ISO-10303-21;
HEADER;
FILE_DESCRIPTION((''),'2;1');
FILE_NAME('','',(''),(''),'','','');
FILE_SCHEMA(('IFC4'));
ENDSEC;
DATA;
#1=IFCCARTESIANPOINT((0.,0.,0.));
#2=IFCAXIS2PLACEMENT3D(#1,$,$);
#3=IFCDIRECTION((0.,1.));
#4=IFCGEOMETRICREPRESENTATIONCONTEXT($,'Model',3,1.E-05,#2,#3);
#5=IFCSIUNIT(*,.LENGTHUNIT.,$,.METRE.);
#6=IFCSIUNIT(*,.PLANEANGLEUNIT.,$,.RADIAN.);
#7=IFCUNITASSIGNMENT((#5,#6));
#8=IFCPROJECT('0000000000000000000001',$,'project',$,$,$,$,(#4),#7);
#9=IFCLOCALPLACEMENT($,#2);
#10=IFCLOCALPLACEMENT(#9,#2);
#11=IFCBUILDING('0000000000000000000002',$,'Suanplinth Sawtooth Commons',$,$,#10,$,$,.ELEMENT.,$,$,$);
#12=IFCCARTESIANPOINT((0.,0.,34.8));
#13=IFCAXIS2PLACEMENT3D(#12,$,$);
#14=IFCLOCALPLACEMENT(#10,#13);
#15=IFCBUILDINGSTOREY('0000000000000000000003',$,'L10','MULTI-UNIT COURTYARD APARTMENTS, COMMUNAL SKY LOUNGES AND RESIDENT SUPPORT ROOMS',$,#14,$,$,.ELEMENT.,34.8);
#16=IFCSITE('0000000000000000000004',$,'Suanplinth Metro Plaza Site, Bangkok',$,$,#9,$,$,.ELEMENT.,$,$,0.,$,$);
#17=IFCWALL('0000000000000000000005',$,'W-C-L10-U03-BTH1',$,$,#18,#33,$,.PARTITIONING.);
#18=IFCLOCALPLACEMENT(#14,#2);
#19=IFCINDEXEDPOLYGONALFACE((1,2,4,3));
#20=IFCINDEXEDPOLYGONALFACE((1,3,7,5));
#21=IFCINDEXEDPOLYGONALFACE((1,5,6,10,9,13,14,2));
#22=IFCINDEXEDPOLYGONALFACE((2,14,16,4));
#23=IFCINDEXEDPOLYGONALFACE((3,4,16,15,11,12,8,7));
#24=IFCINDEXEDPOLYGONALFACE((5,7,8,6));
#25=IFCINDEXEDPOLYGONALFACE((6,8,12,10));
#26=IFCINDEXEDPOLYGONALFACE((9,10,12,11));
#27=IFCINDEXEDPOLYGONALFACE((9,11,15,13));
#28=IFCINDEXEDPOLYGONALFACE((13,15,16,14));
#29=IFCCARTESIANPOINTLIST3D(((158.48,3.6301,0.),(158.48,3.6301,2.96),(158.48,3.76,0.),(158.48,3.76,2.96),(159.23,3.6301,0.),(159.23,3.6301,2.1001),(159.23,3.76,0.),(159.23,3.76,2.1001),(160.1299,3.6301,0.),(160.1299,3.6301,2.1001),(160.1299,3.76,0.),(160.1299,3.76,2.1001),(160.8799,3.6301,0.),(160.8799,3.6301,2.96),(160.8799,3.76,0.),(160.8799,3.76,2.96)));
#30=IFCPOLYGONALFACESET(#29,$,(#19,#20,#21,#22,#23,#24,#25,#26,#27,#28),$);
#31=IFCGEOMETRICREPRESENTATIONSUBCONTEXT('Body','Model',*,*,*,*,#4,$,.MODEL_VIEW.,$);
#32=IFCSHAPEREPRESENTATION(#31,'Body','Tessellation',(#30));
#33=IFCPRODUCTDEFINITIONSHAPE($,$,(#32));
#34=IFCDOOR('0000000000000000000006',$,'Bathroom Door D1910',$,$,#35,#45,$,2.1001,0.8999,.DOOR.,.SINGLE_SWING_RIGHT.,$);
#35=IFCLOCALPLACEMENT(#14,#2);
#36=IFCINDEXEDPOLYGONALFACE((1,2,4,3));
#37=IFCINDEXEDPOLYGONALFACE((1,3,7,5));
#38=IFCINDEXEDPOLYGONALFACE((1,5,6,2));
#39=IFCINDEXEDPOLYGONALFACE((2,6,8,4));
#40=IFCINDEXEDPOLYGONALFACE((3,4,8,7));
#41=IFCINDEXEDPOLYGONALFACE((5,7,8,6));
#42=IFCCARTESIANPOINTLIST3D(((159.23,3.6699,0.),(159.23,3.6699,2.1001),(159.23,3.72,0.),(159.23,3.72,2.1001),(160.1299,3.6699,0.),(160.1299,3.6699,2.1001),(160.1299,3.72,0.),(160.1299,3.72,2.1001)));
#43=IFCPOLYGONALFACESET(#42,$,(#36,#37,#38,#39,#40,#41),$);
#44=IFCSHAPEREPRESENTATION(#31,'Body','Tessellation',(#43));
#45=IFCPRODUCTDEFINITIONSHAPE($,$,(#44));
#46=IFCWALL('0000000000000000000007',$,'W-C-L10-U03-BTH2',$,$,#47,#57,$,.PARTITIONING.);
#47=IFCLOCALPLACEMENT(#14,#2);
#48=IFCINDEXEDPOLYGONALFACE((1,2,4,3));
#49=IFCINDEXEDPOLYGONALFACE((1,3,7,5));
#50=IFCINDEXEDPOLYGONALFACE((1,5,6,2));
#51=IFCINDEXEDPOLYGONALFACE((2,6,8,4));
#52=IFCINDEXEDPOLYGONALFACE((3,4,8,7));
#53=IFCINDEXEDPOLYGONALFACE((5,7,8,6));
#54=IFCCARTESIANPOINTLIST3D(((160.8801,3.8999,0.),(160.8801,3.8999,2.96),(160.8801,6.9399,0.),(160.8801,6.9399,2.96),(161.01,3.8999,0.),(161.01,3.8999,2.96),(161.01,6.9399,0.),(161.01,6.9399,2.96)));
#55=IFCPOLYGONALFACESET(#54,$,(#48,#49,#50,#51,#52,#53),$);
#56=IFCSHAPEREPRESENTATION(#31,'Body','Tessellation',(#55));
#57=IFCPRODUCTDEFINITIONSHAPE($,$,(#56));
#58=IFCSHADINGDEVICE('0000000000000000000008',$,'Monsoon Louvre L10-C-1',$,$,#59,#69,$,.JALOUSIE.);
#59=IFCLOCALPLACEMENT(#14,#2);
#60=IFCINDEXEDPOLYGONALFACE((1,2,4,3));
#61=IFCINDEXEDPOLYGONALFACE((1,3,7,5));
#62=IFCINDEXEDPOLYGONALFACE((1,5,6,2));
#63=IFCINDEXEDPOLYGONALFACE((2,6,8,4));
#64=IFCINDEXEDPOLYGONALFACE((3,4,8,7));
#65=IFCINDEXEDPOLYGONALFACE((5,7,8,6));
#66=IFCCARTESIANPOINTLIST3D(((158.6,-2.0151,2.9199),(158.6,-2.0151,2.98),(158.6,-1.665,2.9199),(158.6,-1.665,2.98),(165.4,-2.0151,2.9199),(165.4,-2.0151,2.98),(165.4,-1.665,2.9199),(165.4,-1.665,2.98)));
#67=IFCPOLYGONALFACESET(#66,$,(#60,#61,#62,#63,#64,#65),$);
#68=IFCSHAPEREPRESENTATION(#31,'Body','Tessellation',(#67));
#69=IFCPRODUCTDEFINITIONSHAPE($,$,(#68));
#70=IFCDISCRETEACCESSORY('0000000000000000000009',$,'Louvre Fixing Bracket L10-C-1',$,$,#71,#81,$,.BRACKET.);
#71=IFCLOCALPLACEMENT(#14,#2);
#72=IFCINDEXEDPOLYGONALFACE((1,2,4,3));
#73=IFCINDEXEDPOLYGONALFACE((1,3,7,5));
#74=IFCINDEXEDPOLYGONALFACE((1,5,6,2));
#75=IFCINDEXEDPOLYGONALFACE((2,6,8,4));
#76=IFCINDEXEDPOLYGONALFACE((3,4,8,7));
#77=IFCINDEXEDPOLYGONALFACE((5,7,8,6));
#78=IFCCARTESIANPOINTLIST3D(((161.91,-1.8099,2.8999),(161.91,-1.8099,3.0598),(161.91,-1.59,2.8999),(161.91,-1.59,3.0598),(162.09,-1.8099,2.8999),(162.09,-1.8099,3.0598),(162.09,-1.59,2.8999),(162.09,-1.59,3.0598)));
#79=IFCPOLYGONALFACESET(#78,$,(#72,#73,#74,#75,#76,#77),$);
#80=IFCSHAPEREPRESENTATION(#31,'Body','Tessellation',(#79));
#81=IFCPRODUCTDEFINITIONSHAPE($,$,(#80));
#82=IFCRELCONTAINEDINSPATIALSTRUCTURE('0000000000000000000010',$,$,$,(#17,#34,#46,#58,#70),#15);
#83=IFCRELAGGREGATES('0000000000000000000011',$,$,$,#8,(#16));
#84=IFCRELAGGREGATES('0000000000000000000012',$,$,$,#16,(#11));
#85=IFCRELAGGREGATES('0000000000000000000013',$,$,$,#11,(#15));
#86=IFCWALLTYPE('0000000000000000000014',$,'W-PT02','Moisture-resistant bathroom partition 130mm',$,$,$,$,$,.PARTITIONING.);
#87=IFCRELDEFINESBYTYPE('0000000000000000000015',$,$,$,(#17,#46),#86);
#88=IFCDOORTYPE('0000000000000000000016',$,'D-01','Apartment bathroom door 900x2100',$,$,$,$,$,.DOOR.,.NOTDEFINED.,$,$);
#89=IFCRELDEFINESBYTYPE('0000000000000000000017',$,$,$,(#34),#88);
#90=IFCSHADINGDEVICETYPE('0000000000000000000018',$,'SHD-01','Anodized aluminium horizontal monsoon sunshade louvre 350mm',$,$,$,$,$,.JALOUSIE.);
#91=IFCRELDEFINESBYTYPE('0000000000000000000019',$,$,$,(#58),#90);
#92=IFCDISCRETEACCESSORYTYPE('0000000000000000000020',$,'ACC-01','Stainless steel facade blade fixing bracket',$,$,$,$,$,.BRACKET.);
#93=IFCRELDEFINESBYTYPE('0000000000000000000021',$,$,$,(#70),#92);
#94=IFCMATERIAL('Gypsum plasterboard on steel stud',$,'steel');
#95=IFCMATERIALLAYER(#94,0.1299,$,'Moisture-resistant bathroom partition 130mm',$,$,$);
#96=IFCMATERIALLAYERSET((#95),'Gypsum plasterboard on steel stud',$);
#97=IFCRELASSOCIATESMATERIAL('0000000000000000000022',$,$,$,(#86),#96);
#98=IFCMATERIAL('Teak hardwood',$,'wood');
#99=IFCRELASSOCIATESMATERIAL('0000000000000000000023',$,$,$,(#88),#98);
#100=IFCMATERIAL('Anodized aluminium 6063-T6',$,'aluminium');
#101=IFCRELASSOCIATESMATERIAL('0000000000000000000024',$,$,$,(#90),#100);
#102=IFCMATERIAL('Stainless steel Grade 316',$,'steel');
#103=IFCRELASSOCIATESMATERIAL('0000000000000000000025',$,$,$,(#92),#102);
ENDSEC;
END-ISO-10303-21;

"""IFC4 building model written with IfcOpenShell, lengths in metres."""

from ifc_helpers import new_model, si_unit, direction, frame, frame_2d, origin, origin_2d, place, context, subcontext, project, spatial, rectangle, extrude, material, layer, layer_set, type_object, element, fill, save


model = new_model("IFC4")

# Units and contexts
model_context = context("Model", 3, precision=1e-05, world=origin(), true_north=direction((0.0, 1.0)))
body_context = subcontext(model_context, "Body", "Model", "MODEL_VIEW")
ifc_project = project(units=[si_unit("LENGTHUNIT", "METRE"), si_unit("PLANEANGLEUNIT", "RADIAN")], contexts=[model_context])

# Site, building, storey
site_placement = place(None, origin())
site = spatial("IfcSite", under=ifc_project, at=site_placement, Name="Suanplinth Metro Plaza Site, Bangkok", CompositionType="ELEMENT", RefElevation=0.0)
building_placement = place(site_placement, origin())
building = spatial("IfcBuilding", under=site, at=building_placement, Name="Suanplinth Sawtooth Commons", CompositionType="ELEMENT")
storey_placement = place(building_placement, frame((0.0, 0.0, 34.8)))
storey = spatial("IfcBuildingStorey", under=building, at=storey_placement, Name="L10", Description="MULTI-UNIT COURTYARD APARTMENTS, COMMUNAL SKY LOUNGES AND RESIDENT SUPPORT ROOMS", CompositionType="ELEMENT", Elevation=34.8)

# Shared definitions
ifc_material_1 = material(Name="Gypsum plasterboard on steel stud", Category="steel")
ifc_material_2 = material(Name="Teak hardwood", Category="wood")

# Wall, opening, door
ifc_layer_1 = layer(ifc_material_1, 0.1299, Name="Moisture-resistant bathroom partition 130mm")
ifc_layer_set_1 = layer_set([ifc_layer_1], Name="Gypsum plasterboard on steel stud")
wall_type_1 = type_object("IfcWallType", Name="W-PT02", Description="Moisture-resistant bathroom partition 130mm", PredefinedType="PARTITIONING", material=ifc_layer_set_1)
wall_1_placement = place(storey_placement, frame((158.48, 3.6951, 0.0), z_axis=(0.0, 0.0, 1.0), x_axis=(1.0, 0.0, 0.0)))
wall_1 = element("IfcWall", 1, at=wall_1_placement, inside=storey, type_object=wall_type_1, Name="W-C-L10-U03-BTH1", PredefinedType="PARTITIONING", context=body_context, shape_type="SweptSolid", body=[
    extrude(rectangle(XDim=2.3999, YDim=0.1299, at=frame_2d((1.2, 0.0))), origin(), (0.0, 0.0, 1.0), 2.96),
])
opening_1_placement = place(wall_1_placement, frame((0.75, 0.0, 0.0)))
opening_1 = element("IfcOpeningElement", 2, at=opening_1_placement, cuts=wall_1, PredefinedType="OPENING", context=body_context, shape_type="SweptSolid", body=[
    extrude(rectangle(XDim=0.8999, YDim=2.1001, at=frame_2d((0.45, 1.05))), frame((0.0, 0.0798, 0.0), z_axis=(0.0, -1.0, 0.0), x_axis=(1.0, 0.0, 0.0)), (0.0, 0.0, 1.0), 0.1597),
])
door_type_1 = type_object("IfcDoorType", Name="D-01", Description="Apartment bathroom door 900x2100", OperationType="NOTDEFINED", PredefinedType="DOOR", material=ifc_material_2)
door_1_placement = place(opening_1_placement, origin())
door_1 = element("IfcDoor", 3, at=door_1_placement, inside=storey, type_object=door_type_1, Name="Bathroom Door D1910", OperationType="SINGLE_SWING_RIGHT", OverallHeight=2.1001, OverallWidth=0.8999, PredefinedType="DOOR", context=body_context, shape_type="SweptSolid", body=[
    extrude(rectangle(XDim=0.8999, YDim=2.1001, at=frame_2d((0.45, 1.05))), frame((0.0, 0.0249, 0.0), z_axis=(0.0, -1.0, 0.0), x_axis=(1.0, 0.0, 0.0)), (0.0, 0.0, 1.0), 0.05),
])
fill(opening_1, door_1)

# Wall
wall_2_placement = place(storey_placement, frame((160.9451, 3.8999, 0.0), z_axis=(0.0, 0.0, 1.0), x_axis=(0.0, 1.0, 0.0)))
element("IfcWall", 4, at=wall_2_placement, inside=storey, type_object=wall_type_1, Name="W-C-L10-U03-BTH2", PredefinedType="PARTITIONING", context=body_context, shape_type="SweptSolid", body=[
    extrude(rectangle(XDim=3.04, YDim=0.1299, at=frame_2d((1.52, 0.0))), origin(), (0.0, 0.0, 1.0), 2.96),
])

# Shading device
ifc_material_3 = material(Name="Anodized aluminium 6063-T6", Category="aluminium")
shading_device_type = type_object("IfcShadingDeviceType", Name="SHD-01", Description="Anodized aluminium horizontal monsoon sunshade louvre 350mm", PredefinedType="JALOUSIE", material=ifc_material_3)
shading_device_placement = place(storey_placement, frame((162.0, -1.8401, 2.9199), z_axis=(0.0, 0.0, 1.0), x_axis=(1.0, 0.0, 0.0)))
element("IfcShadingDevice", 5, at=shading_device_placement, inside=storey, type_object=shading_device_type, Name="Monsoon Louvre L10-C-1", PredefinedType="JALOUSIE", context=body_context, shape_type="SweptSolid", body=[
    extrude(rectangle(XDim=6.8, YDim=0.3501, at=origin_2d()), origin(), (0.0, 0.0, 1.0), 0.0601),
])

# Discrete accessory
ifc_material_4 = material(Name="Stainless steel Grade 316", Category="steel")
discrete_accessory_type = type_object("IfcDiscreteAccessoryType", Name="ACC-01", Description="Stainless steel facade blade fixing bracket", PredefinedType="BRACKET", material=ifc_material_4)
discrete_accessory_placement = place(storey_placement, frame((162.0, -1.7, 2.8999), z_axis=(0.0, 0.0, 1.0), x_axis=(1.0, 0.0, 0.0)))
element("IfcDiscreteAccessory", 6, at=discrete_accessory_placement, inside=storey, type_object=discrete_accessory_type, Name="Louvre Fixing Bracket L10-C-1", PredefinedType="BRACKET", context=body_context, shape_type="SweptSolid", body=[
    extrude(rectangle(XDim=0.1799, YDim=0.22, at=origin_2d()), origin(), (0.0, 0.0, 1.0), 0.1599),
])

save(model, "model.ifc")
